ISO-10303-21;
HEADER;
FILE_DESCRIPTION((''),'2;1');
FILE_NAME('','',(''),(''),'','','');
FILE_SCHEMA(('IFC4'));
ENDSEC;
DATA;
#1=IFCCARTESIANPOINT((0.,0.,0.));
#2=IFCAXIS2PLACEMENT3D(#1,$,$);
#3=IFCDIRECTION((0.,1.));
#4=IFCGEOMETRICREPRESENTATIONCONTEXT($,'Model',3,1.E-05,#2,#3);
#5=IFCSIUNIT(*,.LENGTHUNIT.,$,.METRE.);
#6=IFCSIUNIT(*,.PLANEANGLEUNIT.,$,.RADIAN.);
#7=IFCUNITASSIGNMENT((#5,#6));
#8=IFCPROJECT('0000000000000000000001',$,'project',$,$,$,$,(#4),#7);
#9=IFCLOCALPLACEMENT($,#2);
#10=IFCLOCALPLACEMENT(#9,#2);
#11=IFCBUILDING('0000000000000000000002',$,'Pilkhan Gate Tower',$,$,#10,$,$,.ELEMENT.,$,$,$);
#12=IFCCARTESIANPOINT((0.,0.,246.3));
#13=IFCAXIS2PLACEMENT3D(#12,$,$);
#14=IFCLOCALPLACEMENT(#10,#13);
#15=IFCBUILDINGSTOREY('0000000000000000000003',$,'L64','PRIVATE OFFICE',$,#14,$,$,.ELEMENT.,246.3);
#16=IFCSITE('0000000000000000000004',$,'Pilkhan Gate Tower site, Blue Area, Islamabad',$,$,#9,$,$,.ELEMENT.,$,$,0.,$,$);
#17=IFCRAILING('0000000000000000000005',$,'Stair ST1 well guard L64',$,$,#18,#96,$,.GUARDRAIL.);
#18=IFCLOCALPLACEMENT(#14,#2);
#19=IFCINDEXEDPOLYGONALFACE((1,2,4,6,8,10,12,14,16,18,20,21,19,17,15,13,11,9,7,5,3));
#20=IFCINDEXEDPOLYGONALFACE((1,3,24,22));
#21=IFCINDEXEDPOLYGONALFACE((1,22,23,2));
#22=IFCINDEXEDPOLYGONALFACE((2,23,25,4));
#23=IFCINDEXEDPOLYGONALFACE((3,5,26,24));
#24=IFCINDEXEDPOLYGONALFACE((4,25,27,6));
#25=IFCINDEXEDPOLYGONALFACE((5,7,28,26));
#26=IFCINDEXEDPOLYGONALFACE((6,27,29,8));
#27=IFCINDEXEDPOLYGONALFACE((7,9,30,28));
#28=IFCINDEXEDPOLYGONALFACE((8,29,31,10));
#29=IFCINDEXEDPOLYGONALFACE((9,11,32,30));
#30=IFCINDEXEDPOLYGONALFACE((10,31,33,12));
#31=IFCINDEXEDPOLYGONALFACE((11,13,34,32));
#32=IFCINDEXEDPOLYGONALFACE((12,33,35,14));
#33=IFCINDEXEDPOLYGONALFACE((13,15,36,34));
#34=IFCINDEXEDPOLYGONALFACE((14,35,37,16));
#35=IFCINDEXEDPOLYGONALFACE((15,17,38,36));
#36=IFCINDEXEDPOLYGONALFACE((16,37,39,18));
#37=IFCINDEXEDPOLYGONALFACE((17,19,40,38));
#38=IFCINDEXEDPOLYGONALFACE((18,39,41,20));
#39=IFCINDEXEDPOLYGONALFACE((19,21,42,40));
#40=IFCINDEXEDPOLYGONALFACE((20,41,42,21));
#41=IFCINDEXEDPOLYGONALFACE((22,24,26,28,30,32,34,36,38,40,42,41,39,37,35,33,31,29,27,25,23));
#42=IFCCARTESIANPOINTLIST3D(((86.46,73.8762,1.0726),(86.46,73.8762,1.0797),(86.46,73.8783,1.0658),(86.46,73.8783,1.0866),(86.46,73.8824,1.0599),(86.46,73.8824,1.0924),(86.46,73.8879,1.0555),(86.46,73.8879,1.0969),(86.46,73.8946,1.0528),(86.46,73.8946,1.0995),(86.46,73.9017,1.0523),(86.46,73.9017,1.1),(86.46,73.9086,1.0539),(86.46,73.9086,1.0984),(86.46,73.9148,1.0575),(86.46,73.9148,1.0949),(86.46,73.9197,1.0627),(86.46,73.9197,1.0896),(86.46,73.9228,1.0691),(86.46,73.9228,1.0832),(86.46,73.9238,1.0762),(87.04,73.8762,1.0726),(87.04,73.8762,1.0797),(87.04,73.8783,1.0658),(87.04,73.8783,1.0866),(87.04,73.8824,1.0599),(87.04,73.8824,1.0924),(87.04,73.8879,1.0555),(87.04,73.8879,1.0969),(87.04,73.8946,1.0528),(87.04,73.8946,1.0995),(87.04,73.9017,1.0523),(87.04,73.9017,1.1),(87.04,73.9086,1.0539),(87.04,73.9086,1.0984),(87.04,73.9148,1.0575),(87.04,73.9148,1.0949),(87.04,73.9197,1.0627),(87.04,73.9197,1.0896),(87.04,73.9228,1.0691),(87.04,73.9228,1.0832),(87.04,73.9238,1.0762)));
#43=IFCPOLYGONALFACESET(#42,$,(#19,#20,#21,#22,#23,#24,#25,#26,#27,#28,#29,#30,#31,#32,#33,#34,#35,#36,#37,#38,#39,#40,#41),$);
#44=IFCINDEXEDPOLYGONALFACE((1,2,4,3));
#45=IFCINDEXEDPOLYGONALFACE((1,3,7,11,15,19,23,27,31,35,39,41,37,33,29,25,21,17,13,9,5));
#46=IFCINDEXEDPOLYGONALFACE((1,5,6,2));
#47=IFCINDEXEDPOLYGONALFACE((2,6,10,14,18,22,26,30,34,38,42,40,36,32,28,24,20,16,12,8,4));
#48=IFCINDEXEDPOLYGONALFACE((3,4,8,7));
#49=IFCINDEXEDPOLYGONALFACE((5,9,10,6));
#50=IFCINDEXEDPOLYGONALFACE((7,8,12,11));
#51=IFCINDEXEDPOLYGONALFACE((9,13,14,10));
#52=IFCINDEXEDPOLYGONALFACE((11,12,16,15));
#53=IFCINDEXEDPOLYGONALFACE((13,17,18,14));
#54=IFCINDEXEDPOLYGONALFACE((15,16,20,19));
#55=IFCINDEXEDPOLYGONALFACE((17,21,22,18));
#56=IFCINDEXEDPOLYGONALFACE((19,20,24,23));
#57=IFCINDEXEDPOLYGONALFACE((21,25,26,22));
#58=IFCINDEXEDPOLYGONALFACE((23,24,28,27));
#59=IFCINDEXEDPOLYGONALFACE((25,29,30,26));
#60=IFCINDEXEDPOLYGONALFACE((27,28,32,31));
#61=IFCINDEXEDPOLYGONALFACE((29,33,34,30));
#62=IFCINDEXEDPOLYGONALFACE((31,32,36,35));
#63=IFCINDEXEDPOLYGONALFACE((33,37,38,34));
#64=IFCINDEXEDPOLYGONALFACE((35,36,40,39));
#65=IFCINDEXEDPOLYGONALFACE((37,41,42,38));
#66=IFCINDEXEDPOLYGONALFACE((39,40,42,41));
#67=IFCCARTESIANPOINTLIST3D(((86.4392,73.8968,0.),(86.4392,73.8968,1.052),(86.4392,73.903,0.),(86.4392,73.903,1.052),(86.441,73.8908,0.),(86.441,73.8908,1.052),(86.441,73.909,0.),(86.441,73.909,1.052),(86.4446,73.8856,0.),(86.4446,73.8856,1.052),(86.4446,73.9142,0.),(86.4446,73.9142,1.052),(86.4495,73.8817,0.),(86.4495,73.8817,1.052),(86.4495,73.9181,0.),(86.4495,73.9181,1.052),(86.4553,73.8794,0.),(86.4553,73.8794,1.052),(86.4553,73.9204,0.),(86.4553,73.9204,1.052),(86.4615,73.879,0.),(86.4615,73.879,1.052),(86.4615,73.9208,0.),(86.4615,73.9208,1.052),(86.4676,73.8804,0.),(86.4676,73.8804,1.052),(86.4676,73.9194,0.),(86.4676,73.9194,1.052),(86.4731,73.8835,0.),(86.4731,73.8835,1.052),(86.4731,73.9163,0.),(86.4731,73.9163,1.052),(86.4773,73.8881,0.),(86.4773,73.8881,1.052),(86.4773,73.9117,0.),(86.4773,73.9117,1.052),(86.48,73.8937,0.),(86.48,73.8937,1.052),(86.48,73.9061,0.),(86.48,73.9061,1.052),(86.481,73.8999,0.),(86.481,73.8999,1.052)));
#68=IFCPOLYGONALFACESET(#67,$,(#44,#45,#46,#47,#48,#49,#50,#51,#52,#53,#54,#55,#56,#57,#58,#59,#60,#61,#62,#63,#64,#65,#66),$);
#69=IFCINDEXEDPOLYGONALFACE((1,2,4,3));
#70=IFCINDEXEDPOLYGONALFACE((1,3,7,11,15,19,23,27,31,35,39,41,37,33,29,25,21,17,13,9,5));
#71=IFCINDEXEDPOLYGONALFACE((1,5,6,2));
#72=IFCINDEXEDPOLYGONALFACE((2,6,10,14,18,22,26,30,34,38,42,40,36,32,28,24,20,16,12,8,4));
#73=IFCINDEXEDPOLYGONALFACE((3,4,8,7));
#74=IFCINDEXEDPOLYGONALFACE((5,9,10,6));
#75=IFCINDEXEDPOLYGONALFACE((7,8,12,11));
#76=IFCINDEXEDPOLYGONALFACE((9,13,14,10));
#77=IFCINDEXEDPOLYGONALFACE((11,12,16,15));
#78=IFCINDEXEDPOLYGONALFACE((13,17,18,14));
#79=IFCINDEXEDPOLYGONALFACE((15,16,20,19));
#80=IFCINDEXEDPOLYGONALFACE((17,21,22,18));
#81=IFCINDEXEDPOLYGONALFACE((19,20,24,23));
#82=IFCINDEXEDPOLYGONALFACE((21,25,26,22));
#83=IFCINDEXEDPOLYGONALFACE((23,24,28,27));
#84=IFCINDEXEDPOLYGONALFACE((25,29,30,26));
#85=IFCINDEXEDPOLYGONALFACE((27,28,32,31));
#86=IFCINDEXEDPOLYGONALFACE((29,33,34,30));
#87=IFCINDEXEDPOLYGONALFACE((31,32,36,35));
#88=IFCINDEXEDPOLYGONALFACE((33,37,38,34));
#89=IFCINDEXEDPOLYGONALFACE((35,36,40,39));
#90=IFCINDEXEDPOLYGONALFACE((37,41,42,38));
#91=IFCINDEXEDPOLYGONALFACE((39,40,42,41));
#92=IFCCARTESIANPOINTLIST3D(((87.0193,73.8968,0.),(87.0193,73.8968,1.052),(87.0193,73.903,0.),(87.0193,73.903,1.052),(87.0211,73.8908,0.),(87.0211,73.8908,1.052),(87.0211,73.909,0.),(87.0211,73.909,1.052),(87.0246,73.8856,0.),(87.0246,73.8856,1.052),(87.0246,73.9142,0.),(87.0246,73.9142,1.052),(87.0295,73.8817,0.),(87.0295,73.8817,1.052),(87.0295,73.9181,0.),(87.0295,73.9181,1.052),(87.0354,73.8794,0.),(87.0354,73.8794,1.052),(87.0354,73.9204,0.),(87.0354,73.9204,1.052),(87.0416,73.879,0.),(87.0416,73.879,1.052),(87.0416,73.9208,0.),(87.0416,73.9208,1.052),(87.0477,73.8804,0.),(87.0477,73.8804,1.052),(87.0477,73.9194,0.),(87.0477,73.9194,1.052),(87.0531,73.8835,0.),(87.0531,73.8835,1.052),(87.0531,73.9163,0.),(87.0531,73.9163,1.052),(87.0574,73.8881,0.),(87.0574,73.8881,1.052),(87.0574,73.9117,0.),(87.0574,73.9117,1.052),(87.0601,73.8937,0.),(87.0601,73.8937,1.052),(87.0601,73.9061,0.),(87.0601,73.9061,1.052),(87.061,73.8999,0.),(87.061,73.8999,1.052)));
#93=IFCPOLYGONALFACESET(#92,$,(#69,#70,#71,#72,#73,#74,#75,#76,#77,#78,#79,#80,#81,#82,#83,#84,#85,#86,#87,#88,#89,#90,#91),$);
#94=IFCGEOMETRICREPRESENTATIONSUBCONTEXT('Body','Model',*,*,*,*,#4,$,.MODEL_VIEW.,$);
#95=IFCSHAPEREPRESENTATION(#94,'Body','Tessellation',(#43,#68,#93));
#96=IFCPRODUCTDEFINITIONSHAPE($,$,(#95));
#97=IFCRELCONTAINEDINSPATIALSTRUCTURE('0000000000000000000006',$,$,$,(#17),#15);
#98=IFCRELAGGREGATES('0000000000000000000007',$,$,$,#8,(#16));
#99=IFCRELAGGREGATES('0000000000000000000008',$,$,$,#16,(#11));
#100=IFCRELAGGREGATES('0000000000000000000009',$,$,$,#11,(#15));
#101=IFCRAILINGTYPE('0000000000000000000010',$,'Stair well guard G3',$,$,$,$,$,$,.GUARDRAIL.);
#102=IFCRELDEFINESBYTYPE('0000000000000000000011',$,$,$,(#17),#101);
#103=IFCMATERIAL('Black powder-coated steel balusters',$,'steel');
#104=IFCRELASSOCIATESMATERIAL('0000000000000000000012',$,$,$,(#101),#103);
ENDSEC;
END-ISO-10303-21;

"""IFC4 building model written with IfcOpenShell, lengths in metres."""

from ifc_helpers import new_model, si_unit, direction, frame, origin, origin_2d, place, context, subcontext, project, spatial, circle, extrude, material, type_object, element, save


model = new_model("IFC4")

# Units and contexts
model_context = context("Model", 3, precision=1e-05, world=origin(), true_north=direction((0.0, 1.0)))
body_context = subcontext(model_context, "Body", "Model", "MODEL_VIEW")
ifc_project = project(units=[si_unit("LENGTHUNIT", "METRE"), si_unit("PLANEANGLEUNIT", "RADIAN")], contexts=[model_context])

# Site, building, storey
site_placement = place(None, origin())
site = spatial("IfcSite", under=ifc_project, at=site_placement, Name="Pilkhan Gate Tower site, Blue Area, Islamabad", CompositionType="ELEMENT", RefElevation=0.0)
building_placement = place(site_placement, origin())
building = spatial("IfcBuilding", under=site, at=building_placement, Name="Pilkhan Gate Tower", CompositionType="ELEMENT")
storey_placement = place(building_placement, frame((0.0, 0.0, 246.3)))
storey = spatial("IfcBuildingStorey", under=building, at=storey_placement, Name="L64", Description="PRIVATE OFFICE", CompositionType="ELEMENT", Elevation=246.3)

# Railing
ifc_material_1 = material(Name="Black powder-coated steel balusters", Category="steel")
railing_type_1 = type_object("IfcRailingType", Name="Stair well guard G3", PredefinedType="GUARDRAIL", material=ifc_material_1)
railing_1_placement = place(storey_placement, frame((86.46, 73.8999, 0.0)))
element("IfcRailing", 1, at=railing_1_placement, inside=storey, type_object=railing_type_1, Name="Stair ST1 well guard L64", PredefinedType="GUARDRAIL", context=body_context, shape_type="SweptSolid", body=[
    extrude(circle(Radius=0.0239, at=origin_2d()), frame((0.0, 0.0, 1.0762), z_axis=(1.0, 0.0, 0.0), x_axis=(0.0, 1.0, 0.0)), (0.0, 0.0, 1.0), 0.5801),
    extrude(circle(Radius=0.021, at=origin_2d()), origin(), (0.0, 0.0, 1.0), 1.052),
    extrude(circle(Radius=0.021, at=origin_2d()), frame((0.5801, 0.0, 0.0)), (0.0, 0.0, 1.0), 1.052),
])

save(model, "model.ifc")
